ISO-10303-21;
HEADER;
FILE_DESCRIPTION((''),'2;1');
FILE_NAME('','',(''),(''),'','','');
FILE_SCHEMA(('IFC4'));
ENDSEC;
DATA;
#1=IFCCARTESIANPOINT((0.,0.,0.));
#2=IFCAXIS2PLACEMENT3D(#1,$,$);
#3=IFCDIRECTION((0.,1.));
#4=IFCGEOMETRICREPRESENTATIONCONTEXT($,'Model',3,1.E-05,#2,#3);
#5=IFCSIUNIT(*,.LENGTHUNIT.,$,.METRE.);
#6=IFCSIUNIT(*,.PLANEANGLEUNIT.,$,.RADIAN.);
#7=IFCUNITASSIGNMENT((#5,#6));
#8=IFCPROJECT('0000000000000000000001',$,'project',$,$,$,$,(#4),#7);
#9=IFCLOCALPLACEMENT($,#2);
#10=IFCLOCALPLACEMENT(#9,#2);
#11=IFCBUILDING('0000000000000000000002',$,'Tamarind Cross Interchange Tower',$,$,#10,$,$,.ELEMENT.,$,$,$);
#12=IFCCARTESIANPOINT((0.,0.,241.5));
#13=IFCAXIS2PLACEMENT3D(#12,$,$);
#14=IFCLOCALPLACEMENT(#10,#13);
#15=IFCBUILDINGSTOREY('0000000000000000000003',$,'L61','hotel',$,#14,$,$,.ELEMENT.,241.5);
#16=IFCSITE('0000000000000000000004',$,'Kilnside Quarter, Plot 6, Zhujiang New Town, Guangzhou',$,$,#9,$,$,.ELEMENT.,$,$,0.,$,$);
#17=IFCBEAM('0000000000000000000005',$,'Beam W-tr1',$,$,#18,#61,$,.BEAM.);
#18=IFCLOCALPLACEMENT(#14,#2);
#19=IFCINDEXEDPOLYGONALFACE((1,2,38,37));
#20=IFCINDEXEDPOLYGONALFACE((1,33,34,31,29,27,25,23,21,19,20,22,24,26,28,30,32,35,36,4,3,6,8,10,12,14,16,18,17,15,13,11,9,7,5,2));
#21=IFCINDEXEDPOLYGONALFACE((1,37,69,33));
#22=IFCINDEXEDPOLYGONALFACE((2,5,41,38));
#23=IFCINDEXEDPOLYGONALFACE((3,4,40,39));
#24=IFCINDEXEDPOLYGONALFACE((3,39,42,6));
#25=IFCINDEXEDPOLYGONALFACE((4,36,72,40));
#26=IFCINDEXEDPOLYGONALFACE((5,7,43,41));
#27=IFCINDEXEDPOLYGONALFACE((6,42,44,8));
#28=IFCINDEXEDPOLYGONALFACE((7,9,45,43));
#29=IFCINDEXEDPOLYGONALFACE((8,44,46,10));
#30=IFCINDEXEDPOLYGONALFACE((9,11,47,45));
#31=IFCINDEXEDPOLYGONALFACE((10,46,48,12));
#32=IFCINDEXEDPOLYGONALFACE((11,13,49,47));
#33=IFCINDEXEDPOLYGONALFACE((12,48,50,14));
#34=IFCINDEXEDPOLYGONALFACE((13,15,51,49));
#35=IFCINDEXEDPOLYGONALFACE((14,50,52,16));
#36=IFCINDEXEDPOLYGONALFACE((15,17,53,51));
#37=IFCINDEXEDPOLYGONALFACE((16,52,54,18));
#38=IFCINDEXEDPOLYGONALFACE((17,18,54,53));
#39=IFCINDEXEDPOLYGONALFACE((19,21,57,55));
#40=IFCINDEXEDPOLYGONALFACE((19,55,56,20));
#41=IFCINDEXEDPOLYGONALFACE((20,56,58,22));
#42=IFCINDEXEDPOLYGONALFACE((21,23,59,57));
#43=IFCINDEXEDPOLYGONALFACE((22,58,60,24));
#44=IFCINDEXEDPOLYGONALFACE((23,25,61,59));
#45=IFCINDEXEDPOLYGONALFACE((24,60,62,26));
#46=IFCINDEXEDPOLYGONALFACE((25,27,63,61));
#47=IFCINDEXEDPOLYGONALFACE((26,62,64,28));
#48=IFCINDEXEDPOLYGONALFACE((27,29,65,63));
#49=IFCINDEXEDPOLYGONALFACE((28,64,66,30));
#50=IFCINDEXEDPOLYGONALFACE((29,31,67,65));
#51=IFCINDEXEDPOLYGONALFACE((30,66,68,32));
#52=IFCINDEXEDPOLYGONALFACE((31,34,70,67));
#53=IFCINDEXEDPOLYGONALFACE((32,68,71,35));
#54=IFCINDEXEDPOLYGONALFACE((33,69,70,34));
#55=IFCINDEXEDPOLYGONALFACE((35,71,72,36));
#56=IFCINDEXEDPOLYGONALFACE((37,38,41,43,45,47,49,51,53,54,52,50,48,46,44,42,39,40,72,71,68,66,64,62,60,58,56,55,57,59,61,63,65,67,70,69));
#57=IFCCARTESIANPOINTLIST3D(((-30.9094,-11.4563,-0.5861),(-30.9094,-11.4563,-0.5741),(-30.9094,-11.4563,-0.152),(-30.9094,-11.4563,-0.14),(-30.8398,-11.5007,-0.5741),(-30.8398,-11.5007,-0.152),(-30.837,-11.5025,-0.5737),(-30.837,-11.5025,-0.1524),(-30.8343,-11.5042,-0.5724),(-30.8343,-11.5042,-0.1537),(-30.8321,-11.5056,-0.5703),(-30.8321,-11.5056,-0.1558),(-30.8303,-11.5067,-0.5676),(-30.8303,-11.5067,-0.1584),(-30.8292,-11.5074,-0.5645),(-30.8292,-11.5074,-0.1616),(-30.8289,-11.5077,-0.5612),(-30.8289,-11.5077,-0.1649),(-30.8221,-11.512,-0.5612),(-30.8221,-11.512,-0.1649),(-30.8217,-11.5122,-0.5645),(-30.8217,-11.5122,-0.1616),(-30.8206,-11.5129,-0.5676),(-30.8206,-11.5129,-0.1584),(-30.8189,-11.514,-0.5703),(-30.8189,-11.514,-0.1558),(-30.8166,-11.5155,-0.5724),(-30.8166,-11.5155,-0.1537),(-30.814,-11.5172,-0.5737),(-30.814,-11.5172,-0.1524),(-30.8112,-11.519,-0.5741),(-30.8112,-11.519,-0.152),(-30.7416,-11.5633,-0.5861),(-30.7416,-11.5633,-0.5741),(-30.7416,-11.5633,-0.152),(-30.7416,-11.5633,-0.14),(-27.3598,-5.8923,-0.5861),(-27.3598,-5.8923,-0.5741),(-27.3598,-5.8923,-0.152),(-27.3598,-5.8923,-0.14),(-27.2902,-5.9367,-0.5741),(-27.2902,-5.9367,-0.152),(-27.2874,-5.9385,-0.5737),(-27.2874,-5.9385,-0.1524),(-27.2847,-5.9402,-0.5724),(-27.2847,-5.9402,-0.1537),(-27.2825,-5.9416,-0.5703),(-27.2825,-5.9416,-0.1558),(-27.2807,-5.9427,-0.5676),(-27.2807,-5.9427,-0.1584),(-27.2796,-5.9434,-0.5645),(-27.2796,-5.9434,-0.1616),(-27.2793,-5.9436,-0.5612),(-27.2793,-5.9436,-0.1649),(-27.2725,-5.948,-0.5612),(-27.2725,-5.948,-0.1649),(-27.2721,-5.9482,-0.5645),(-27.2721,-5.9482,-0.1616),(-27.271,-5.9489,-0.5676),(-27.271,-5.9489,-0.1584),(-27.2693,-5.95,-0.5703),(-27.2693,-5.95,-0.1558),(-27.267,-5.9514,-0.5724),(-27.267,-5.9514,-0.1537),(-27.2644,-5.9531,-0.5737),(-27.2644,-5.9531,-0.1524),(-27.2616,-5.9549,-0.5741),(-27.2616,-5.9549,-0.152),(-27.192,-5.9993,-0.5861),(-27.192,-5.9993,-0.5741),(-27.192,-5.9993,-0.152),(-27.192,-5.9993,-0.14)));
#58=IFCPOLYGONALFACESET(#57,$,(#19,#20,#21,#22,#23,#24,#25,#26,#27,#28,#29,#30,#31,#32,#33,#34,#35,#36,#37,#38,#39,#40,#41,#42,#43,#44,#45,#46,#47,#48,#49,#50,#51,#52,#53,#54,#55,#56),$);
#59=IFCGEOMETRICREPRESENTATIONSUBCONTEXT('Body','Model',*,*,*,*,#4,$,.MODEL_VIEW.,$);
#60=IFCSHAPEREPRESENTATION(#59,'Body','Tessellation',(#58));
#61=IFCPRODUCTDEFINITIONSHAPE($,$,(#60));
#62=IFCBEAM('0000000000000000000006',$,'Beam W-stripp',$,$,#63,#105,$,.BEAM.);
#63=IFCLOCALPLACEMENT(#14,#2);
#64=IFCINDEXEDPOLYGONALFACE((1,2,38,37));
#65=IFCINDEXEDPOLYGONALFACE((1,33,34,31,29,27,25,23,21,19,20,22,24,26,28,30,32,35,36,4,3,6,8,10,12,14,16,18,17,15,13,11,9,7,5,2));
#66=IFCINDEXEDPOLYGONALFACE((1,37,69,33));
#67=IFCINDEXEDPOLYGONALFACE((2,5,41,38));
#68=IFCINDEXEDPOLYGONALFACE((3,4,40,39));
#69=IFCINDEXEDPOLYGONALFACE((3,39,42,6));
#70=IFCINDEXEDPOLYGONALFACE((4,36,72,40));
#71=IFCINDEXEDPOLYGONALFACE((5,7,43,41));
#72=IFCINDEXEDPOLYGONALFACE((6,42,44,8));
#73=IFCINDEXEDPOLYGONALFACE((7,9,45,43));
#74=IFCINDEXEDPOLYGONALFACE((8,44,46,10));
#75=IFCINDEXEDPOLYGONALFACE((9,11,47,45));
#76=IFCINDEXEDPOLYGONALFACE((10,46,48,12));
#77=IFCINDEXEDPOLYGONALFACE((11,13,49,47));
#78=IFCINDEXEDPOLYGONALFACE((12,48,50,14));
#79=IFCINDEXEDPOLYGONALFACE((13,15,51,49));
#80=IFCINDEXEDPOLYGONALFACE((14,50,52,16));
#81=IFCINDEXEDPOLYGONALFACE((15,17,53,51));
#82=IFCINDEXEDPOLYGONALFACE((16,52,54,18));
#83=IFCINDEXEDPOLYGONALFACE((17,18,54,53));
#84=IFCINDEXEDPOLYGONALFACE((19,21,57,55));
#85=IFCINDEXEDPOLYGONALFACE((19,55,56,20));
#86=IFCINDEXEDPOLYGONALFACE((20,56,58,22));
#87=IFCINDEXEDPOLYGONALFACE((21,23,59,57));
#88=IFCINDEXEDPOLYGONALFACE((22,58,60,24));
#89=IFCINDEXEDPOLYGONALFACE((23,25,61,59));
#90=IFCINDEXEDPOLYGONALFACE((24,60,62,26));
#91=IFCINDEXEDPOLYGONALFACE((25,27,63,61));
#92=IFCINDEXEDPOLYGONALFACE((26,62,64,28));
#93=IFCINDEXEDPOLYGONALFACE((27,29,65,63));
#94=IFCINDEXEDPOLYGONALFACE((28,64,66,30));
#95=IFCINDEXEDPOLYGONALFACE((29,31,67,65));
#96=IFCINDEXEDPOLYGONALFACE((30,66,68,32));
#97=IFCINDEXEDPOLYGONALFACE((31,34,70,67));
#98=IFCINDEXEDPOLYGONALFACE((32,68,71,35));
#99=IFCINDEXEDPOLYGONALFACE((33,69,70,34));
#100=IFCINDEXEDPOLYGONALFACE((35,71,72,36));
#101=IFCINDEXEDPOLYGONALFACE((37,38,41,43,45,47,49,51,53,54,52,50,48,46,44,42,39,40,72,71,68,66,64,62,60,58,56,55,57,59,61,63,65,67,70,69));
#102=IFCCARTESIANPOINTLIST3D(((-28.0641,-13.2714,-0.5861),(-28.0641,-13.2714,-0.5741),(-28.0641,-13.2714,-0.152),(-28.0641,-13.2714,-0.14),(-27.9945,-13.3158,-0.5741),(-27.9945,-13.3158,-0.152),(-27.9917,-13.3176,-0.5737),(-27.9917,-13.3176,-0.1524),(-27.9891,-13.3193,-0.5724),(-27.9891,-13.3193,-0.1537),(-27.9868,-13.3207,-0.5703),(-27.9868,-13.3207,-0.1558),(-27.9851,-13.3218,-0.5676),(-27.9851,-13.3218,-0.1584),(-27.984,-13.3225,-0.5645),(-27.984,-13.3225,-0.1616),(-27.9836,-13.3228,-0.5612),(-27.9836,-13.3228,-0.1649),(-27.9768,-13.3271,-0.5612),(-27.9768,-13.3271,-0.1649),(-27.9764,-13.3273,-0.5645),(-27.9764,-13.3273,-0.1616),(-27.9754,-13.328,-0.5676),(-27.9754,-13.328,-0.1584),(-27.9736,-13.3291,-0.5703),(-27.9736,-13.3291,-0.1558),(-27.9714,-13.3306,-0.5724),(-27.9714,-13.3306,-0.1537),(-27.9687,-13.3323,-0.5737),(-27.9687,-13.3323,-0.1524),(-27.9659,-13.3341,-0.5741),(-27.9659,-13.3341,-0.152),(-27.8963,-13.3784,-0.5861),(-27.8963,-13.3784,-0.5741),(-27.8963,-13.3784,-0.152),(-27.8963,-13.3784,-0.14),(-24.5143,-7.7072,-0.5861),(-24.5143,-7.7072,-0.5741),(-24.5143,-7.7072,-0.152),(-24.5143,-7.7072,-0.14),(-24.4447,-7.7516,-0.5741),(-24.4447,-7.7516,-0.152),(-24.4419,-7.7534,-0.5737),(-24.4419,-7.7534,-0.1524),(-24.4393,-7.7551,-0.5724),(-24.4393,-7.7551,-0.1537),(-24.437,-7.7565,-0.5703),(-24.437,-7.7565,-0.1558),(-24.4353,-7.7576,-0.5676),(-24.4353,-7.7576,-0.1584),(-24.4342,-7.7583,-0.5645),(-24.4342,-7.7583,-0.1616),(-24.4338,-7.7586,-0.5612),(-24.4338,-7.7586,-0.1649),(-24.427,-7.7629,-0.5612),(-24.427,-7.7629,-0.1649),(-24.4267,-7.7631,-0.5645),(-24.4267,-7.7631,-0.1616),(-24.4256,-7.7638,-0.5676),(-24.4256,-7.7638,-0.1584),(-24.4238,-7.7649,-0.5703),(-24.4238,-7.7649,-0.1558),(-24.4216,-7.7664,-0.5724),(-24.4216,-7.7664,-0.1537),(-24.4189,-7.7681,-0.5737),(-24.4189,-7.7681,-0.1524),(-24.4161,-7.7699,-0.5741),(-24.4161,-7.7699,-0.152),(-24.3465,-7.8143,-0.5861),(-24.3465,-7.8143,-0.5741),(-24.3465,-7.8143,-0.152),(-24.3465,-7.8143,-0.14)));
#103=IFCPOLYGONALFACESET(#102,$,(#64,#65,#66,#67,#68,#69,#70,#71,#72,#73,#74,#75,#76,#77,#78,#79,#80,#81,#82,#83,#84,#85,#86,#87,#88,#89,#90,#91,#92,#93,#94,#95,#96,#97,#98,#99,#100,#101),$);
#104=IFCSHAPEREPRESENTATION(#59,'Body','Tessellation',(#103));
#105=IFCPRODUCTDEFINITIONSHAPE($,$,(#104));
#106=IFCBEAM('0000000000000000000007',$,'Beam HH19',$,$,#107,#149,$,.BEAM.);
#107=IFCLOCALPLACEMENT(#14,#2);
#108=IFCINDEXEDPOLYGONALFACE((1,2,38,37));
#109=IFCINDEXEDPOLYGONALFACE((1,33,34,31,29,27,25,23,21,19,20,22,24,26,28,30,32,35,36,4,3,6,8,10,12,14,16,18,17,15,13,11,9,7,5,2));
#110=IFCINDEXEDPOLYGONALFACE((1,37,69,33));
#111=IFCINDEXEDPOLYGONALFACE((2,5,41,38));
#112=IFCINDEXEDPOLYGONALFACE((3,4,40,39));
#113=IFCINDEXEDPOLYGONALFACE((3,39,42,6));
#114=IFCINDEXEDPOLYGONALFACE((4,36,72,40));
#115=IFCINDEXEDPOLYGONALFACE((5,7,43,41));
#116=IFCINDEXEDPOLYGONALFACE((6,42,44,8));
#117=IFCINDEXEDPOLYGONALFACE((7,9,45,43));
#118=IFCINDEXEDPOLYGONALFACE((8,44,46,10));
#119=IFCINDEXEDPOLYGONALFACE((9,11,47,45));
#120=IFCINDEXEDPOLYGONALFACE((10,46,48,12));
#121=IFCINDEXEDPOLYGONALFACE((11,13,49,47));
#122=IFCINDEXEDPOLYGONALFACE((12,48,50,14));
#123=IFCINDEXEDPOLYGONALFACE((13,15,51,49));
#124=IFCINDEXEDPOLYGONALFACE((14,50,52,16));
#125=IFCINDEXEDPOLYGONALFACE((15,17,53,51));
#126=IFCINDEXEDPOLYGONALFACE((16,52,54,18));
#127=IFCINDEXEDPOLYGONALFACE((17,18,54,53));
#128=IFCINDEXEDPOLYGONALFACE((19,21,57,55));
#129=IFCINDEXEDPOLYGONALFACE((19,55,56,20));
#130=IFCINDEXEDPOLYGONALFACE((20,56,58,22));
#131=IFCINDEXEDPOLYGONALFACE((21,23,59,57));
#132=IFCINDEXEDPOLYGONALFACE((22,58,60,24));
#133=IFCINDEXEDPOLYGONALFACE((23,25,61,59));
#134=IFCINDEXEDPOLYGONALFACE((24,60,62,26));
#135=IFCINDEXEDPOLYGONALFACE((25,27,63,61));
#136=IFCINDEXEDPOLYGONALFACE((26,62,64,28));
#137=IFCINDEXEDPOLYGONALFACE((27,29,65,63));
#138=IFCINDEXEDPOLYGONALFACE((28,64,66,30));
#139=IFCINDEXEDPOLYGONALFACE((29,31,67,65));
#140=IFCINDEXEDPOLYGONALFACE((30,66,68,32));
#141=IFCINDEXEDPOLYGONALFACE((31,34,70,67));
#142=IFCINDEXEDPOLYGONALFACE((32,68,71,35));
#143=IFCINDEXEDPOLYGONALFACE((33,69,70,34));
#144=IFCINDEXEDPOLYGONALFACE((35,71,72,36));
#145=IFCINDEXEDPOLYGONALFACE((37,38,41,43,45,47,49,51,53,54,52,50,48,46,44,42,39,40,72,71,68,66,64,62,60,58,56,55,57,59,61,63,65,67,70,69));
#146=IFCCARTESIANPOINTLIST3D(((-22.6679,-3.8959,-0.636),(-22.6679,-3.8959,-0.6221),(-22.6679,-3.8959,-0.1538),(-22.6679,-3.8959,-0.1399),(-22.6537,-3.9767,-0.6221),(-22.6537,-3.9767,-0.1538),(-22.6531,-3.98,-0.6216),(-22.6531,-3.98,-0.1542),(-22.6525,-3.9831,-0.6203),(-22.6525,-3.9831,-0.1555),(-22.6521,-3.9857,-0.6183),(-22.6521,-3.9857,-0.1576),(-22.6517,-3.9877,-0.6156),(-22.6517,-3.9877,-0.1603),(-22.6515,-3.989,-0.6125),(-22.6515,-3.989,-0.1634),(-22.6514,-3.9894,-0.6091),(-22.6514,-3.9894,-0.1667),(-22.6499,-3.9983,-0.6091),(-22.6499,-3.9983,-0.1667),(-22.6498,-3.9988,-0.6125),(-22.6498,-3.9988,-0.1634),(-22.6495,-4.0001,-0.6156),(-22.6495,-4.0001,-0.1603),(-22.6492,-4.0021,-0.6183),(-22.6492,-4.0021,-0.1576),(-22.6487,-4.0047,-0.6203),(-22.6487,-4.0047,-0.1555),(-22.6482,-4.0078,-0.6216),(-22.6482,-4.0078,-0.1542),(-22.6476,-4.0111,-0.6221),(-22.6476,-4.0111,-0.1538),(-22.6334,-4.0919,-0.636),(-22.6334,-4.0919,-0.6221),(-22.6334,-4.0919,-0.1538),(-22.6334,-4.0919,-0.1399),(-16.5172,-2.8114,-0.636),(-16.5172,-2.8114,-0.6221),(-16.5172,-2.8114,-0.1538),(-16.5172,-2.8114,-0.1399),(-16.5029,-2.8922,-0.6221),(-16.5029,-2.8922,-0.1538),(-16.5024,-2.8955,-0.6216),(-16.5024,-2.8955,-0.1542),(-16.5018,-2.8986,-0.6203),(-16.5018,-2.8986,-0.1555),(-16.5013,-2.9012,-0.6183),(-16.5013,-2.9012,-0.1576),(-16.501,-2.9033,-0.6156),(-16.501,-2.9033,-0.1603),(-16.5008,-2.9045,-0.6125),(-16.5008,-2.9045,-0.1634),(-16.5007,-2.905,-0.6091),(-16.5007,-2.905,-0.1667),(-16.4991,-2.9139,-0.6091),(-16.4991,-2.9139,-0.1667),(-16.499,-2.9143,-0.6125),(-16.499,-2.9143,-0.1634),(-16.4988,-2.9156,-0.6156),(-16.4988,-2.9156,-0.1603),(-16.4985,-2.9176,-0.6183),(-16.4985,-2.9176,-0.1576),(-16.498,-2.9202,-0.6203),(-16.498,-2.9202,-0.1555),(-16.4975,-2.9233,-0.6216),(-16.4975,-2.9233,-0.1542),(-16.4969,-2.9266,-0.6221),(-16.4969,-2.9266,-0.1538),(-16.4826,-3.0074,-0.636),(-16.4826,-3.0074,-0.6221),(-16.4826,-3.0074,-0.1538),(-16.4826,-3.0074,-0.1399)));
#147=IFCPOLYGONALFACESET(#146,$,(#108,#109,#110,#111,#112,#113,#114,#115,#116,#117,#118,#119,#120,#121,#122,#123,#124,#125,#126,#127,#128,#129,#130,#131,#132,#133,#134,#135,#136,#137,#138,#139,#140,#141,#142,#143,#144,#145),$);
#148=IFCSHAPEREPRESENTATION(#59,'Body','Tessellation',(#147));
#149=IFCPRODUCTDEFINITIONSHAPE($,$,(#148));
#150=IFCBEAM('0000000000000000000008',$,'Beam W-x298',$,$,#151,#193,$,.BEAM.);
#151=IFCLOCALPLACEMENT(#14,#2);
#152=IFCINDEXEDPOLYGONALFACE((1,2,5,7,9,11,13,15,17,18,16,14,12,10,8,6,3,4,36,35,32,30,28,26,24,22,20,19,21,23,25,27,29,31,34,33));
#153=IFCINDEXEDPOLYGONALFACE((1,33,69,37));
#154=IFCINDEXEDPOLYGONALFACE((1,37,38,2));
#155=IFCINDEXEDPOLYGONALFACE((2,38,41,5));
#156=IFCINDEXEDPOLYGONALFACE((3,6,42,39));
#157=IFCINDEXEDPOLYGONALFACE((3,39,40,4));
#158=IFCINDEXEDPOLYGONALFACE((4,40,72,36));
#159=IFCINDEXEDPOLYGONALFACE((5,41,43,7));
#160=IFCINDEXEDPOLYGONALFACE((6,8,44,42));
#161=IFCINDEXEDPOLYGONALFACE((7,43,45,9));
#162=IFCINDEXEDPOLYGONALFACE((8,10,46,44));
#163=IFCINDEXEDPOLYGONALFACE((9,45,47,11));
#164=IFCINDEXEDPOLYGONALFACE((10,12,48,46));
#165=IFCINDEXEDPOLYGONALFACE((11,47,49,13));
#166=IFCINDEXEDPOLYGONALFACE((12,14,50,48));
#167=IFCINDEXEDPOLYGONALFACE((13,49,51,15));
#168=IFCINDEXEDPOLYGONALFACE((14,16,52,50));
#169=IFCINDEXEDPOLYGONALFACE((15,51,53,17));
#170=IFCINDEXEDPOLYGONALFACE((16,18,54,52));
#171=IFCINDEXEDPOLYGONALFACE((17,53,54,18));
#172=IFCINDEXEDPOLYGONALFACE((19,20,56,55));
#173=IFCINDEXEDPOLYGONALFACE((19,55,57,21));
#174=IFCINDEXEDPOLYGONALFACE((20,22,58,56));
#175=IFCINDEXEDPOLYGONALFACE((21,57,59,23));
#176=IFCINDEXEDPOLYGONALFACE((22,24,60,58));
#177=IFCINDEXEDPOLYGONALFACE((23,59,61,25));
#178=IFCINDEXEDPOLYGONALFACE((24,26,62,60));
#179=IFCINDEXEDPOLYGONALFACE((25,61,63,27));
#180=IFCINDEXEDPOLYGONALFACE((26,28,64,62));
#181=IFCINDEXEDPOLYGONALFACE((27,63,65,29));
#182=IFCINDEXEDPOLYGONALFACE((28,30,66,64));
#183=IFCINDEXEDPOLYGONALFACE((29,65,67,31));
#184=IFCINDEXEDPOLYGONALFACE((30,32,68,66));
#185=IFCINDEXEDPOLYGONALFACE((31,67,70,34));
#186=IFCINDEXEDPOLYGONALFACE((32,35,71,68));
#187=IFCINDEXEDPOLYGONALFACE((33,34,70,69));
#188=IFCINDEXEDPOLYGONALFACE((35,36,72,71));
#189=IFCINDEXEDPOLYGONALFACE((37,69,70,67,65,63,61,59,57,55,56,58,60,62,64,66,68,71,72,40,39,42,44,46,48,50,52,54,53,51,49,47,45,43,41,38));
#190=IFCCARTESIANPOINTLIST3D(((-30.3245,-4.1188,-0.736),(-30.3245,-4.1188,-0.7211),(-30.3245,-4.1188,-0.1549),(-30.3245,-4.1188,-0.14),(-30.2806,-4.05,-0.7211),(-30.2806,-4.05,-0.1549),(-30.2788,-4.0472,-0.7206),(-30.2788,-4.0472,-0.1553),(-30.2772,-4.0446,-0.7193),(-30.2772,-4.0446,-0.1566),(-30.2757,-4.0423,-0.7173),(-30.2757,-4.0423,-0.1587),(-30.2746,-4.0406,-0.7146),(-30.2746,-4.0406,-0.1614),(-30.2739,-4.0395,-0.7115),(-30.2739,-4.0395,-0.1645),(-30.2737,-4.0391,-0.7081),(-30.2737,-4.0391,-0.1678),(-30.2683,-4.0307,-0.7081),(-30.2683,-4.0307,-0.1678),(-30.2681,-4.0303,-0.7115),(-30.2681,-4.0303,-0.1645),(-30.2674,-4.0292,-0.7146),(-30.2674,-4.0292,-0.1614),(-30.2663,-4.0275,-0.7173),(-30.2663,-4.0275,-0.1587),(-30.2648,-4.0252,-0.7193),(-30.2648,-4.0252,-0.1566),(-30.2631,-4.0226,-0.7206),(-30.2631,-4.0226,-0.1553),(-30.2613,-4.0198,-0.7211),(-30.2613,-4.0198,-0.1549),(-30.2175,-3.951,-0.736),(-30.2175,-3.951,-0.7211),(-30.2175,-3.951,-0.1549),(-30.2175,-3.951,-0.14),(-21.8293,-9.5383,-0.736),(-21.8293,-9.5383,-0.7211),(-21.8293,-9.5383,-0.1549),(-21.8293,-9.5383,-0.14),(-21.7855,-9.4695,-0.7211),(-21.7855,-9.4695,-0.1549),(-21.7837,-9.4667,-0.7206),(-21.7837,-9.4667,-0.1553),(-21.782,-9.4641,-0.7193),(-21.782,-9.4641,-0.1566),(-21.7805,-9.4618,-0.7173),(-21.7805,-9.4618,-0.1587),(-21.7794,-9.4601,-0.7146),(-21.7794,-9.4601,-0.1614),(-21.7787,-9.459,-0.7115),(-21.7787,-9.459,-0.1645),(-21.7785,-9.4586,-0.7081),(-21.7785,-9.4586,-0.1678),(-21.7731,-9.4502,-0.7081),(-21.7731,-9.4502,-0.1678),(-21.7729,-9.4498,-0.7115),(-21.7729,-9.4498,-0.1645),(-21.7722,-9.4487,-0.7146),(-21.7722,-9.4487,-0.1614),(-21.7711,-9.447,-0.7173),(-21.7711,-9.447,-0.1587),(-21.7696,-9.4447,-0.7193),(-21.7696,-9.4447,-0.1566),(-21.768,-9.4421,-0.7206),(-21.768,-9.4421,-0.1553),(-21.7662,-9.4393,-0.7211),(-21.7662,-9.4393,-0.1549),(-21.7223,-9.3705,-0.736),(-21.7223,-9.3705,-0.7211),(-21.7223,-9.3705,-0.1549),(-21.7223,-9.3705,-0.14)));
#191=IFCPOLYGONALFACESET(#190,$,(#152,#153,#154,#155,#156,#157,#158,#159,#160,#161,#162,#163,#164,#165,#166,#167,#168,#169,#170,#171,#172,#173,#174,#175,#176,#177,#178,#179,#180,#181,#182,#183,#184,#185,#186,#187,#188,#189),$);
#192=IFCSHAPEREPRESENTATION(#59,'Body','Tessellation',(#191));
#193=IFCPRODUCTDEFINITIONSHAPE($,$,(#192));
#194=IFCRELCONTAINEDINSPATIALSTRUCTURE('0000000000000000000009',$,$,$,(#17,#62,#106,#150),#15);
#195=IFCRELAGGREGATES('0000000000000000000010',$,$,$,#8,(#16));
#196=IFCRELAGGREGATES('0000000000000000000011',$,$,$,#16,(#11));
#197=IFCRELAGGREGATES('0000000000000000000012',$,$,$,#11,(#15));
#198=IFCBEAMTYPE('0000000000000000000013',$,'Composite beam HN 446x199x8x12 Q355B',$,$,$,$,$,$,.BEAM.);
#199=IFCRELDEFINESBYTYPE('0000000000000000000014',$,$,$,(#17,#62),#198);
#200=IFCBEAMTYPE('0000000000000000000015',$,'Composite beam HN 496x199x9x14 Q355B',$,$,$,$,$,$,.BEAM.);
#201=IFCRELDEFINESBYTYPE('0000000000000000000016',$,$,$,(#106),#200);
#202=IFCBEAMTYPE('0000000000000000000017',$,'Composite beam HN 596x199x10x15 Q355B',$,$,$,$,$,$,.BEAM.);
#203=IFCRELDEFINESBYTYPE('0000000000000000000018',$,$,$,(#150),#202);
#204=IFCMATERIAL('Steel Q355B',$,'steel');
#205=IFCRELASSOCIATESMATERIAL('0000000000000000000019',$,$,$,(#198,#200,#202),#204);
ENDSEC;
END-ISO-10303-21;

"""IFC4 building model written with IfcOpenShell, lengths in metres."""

from ifc_helpers import new_model, si_unit, direction, frame, origin, origin_2d, place, context, subcontext, project, spatial, i_section, extrude, material, material_profile, profile_set, type_object, element, save


model = new_model("IFC4")

# Units and contexts
model_context = context("Model", 3, precision=1e-05, world=origin(), true_north=direction((0.0, 1.0)))
body_context = subcontext(model_context, "Body", "Model", "MODEL_VIEW")
ifc_project = project(units=[si_unit("LENGTHUNIT", "METRE"), si_unit("PLANEANGLEUNIT", "RADIAN")], contexts=[model_context])

# Site, building, storey
site_placement = place(None, origin())
site = spatial("IfcSite", under=ifc_project, at=site_placement, Name="Kilnside Quarter, Plot 6, Zhujiang New Town, Guangzhou", CompositionType="ELEMENT", RefElevation=0.0)
building_placement = place(site_placement, origin())
building = spatial("IfcBuilding", under=site, at=building_placement, Name="Tamarind Cross Interchange Tower", CompositionType="ELEMENT")
storey_placement = place(building_placement, frame((0.0, 0.0, 241.5)))
storey = spatial("IfcBuildingStorey", under=building, at=storey_placement, Name="L61", Description="hotel", CompositionType="ELEMENT", Elevation=241.5)

# Beams
ifc_material_1 = material(Name="Steel Q355B", Category="steel")
ifc_material_profile_1 = material_profile(ifc_material_1, i_section(OverallWidth=0.199, OverallDepth=0.446, WebThickness=0.0081, FlangeThickness=0.012, FilletRadius=0.0129, at=origin_2d()), Name="HN 446x199x8x12")
ifc_profile_set_1 = profile_set([ifc_material_profile_1], Name="Steel Q355B")
beam_type_1 = type_object("IfcBeamType", Name="Composite beam HN 446x199x8x12 Q355B", PredefinedType="BEAM", material=ifc_profile_set_1)
beam_1_placement = place(storey_placement, frame((-27.2759, -5.9458, -0.363), z_axis=(-0.53783, -0.843053, 0.0), x_axis=(0.843053, -0.53783, 0.0)))
element("IfcBeam", 1, at=beam_1_placement, inside=storey, type_object=beam_type_1, Name="Beam W-tr1", PredefinedType="BEAM", context=body_context, shape_type="SweptSolid", body=[
    extrude(i_section(OverallWidth=0.199, OverallDepth=0.446, WebThickness=0.0081, FlangeThickness=0.012, FilletRadius=0.0129, at=origin_2d()), origin(), (0.0, 0.0, 1.0), 6.5999),
])
beam_2_placement = place(storey_placement, frame((-24.4304, -7.7607, -0.363), z_axis=(-0.53784, -0.843047, 0.0), x_axis=(0.843047, -0.53784, 0.0)))
element("IfcBeam", 2, at=beam_2_placement, inside=storey, type_object=beam_type_1, Name="Beam W-stripp", PredefinedType="BEAM", context=body_context, shape_type="SweptSolid", body=[
    extrude(i_section(OverallWidth=0.199, OverallDepth=0.446, WebThickness=0.0081, FlangeThickness=0.012, FilletRadius=0.0129, at=origin_2d()), origin(), (0.0, 0.0, 1.0), 6.6001),
])
ifc_material_profile_2 = material_profile(ifc_material_1, i_section(OverallWidth=0.199, OverallDepth=0.4961, WebThickness=0.009, FlangeThickness=0.0139, FilletRadius=0.0129, at=origin_2d()), Name="HN 496x199x9x14")
ifc_profile_set_2 = profile_set([ifc_material_profile_2], Name="Steel Q355B")
beam_type_2 = type_object("IfcBeamType", Name="Composite beam HN 496x199x9x14 Q355B", PredefinedType="BEAM", material=ifc_profile_set_2)
beam_3_placement = place(storey_placement, frame((-22.6506, -3.9939, -0.3879), z_axis=(0.984809, 0.17364, 0.0), x_axis=(-0.17364, 0.984809, 0.0)))
element("IfcBeam", 3, at=beam_3_placement, inside=storey, type_object=beam_type_2, Name="Beam HH19", PredefinedType="BEAM", context=body_context, shape_type="SweptSolid", body=[
    extrude(i_section(OverallWidth=0.199, OverallDepth=0.4961, WebThickness=0.009, FlangeThickness=0.0139, FilletRadius=0.0129, at=origin_2d()), origin(), (0.0, 0.0, 1.0), 6.2456),
])
ifc_material_profile_3 = material_profile(ifc_material_1, i_section(OverallWidth=0.199, OverallDepth=0.5959, WebThickness=0.01, FlangeThickness=0.0149, FilletRadius=0.0129, at=origin_2d()), Name="HN 596x199x10x15")
ifc_profile_set_3 = profile_set([ifc_material_profile_3], Name="Steel Q355B")
beam_type_3 = type_object("IfcBeamType", Name="Composite beam HN 596x199x10x15 Q355B", PredefinedType="BEAM", material=ifc_profile_set_3)
beam_4_placement = place(storey_placement, frame((-30.271, -4.0349, -0.438), z_axis=(0.843056, -0.537825, 0.0), x_axis=(0.537825, 0.843056, 0.0)))
element("IfcBeam", 4, at=beam_4_placement, inside=storey, type_object=beam_type_3, Name="Beam W-x298", PredefinedType="BEAM", context=body_context, shape_type="SweptSolid", body=[
    extrude(i_section(OverallWidth=0.199, OverallDepth=0.5959, WebThickness=0.01, FlangeThickness=0.0149, FilletRadius=0.0129, at=origin_2d()), origin(), (0.0, 0.0, 1.0), 10.0767),
])

save(model, "model.ifc")
